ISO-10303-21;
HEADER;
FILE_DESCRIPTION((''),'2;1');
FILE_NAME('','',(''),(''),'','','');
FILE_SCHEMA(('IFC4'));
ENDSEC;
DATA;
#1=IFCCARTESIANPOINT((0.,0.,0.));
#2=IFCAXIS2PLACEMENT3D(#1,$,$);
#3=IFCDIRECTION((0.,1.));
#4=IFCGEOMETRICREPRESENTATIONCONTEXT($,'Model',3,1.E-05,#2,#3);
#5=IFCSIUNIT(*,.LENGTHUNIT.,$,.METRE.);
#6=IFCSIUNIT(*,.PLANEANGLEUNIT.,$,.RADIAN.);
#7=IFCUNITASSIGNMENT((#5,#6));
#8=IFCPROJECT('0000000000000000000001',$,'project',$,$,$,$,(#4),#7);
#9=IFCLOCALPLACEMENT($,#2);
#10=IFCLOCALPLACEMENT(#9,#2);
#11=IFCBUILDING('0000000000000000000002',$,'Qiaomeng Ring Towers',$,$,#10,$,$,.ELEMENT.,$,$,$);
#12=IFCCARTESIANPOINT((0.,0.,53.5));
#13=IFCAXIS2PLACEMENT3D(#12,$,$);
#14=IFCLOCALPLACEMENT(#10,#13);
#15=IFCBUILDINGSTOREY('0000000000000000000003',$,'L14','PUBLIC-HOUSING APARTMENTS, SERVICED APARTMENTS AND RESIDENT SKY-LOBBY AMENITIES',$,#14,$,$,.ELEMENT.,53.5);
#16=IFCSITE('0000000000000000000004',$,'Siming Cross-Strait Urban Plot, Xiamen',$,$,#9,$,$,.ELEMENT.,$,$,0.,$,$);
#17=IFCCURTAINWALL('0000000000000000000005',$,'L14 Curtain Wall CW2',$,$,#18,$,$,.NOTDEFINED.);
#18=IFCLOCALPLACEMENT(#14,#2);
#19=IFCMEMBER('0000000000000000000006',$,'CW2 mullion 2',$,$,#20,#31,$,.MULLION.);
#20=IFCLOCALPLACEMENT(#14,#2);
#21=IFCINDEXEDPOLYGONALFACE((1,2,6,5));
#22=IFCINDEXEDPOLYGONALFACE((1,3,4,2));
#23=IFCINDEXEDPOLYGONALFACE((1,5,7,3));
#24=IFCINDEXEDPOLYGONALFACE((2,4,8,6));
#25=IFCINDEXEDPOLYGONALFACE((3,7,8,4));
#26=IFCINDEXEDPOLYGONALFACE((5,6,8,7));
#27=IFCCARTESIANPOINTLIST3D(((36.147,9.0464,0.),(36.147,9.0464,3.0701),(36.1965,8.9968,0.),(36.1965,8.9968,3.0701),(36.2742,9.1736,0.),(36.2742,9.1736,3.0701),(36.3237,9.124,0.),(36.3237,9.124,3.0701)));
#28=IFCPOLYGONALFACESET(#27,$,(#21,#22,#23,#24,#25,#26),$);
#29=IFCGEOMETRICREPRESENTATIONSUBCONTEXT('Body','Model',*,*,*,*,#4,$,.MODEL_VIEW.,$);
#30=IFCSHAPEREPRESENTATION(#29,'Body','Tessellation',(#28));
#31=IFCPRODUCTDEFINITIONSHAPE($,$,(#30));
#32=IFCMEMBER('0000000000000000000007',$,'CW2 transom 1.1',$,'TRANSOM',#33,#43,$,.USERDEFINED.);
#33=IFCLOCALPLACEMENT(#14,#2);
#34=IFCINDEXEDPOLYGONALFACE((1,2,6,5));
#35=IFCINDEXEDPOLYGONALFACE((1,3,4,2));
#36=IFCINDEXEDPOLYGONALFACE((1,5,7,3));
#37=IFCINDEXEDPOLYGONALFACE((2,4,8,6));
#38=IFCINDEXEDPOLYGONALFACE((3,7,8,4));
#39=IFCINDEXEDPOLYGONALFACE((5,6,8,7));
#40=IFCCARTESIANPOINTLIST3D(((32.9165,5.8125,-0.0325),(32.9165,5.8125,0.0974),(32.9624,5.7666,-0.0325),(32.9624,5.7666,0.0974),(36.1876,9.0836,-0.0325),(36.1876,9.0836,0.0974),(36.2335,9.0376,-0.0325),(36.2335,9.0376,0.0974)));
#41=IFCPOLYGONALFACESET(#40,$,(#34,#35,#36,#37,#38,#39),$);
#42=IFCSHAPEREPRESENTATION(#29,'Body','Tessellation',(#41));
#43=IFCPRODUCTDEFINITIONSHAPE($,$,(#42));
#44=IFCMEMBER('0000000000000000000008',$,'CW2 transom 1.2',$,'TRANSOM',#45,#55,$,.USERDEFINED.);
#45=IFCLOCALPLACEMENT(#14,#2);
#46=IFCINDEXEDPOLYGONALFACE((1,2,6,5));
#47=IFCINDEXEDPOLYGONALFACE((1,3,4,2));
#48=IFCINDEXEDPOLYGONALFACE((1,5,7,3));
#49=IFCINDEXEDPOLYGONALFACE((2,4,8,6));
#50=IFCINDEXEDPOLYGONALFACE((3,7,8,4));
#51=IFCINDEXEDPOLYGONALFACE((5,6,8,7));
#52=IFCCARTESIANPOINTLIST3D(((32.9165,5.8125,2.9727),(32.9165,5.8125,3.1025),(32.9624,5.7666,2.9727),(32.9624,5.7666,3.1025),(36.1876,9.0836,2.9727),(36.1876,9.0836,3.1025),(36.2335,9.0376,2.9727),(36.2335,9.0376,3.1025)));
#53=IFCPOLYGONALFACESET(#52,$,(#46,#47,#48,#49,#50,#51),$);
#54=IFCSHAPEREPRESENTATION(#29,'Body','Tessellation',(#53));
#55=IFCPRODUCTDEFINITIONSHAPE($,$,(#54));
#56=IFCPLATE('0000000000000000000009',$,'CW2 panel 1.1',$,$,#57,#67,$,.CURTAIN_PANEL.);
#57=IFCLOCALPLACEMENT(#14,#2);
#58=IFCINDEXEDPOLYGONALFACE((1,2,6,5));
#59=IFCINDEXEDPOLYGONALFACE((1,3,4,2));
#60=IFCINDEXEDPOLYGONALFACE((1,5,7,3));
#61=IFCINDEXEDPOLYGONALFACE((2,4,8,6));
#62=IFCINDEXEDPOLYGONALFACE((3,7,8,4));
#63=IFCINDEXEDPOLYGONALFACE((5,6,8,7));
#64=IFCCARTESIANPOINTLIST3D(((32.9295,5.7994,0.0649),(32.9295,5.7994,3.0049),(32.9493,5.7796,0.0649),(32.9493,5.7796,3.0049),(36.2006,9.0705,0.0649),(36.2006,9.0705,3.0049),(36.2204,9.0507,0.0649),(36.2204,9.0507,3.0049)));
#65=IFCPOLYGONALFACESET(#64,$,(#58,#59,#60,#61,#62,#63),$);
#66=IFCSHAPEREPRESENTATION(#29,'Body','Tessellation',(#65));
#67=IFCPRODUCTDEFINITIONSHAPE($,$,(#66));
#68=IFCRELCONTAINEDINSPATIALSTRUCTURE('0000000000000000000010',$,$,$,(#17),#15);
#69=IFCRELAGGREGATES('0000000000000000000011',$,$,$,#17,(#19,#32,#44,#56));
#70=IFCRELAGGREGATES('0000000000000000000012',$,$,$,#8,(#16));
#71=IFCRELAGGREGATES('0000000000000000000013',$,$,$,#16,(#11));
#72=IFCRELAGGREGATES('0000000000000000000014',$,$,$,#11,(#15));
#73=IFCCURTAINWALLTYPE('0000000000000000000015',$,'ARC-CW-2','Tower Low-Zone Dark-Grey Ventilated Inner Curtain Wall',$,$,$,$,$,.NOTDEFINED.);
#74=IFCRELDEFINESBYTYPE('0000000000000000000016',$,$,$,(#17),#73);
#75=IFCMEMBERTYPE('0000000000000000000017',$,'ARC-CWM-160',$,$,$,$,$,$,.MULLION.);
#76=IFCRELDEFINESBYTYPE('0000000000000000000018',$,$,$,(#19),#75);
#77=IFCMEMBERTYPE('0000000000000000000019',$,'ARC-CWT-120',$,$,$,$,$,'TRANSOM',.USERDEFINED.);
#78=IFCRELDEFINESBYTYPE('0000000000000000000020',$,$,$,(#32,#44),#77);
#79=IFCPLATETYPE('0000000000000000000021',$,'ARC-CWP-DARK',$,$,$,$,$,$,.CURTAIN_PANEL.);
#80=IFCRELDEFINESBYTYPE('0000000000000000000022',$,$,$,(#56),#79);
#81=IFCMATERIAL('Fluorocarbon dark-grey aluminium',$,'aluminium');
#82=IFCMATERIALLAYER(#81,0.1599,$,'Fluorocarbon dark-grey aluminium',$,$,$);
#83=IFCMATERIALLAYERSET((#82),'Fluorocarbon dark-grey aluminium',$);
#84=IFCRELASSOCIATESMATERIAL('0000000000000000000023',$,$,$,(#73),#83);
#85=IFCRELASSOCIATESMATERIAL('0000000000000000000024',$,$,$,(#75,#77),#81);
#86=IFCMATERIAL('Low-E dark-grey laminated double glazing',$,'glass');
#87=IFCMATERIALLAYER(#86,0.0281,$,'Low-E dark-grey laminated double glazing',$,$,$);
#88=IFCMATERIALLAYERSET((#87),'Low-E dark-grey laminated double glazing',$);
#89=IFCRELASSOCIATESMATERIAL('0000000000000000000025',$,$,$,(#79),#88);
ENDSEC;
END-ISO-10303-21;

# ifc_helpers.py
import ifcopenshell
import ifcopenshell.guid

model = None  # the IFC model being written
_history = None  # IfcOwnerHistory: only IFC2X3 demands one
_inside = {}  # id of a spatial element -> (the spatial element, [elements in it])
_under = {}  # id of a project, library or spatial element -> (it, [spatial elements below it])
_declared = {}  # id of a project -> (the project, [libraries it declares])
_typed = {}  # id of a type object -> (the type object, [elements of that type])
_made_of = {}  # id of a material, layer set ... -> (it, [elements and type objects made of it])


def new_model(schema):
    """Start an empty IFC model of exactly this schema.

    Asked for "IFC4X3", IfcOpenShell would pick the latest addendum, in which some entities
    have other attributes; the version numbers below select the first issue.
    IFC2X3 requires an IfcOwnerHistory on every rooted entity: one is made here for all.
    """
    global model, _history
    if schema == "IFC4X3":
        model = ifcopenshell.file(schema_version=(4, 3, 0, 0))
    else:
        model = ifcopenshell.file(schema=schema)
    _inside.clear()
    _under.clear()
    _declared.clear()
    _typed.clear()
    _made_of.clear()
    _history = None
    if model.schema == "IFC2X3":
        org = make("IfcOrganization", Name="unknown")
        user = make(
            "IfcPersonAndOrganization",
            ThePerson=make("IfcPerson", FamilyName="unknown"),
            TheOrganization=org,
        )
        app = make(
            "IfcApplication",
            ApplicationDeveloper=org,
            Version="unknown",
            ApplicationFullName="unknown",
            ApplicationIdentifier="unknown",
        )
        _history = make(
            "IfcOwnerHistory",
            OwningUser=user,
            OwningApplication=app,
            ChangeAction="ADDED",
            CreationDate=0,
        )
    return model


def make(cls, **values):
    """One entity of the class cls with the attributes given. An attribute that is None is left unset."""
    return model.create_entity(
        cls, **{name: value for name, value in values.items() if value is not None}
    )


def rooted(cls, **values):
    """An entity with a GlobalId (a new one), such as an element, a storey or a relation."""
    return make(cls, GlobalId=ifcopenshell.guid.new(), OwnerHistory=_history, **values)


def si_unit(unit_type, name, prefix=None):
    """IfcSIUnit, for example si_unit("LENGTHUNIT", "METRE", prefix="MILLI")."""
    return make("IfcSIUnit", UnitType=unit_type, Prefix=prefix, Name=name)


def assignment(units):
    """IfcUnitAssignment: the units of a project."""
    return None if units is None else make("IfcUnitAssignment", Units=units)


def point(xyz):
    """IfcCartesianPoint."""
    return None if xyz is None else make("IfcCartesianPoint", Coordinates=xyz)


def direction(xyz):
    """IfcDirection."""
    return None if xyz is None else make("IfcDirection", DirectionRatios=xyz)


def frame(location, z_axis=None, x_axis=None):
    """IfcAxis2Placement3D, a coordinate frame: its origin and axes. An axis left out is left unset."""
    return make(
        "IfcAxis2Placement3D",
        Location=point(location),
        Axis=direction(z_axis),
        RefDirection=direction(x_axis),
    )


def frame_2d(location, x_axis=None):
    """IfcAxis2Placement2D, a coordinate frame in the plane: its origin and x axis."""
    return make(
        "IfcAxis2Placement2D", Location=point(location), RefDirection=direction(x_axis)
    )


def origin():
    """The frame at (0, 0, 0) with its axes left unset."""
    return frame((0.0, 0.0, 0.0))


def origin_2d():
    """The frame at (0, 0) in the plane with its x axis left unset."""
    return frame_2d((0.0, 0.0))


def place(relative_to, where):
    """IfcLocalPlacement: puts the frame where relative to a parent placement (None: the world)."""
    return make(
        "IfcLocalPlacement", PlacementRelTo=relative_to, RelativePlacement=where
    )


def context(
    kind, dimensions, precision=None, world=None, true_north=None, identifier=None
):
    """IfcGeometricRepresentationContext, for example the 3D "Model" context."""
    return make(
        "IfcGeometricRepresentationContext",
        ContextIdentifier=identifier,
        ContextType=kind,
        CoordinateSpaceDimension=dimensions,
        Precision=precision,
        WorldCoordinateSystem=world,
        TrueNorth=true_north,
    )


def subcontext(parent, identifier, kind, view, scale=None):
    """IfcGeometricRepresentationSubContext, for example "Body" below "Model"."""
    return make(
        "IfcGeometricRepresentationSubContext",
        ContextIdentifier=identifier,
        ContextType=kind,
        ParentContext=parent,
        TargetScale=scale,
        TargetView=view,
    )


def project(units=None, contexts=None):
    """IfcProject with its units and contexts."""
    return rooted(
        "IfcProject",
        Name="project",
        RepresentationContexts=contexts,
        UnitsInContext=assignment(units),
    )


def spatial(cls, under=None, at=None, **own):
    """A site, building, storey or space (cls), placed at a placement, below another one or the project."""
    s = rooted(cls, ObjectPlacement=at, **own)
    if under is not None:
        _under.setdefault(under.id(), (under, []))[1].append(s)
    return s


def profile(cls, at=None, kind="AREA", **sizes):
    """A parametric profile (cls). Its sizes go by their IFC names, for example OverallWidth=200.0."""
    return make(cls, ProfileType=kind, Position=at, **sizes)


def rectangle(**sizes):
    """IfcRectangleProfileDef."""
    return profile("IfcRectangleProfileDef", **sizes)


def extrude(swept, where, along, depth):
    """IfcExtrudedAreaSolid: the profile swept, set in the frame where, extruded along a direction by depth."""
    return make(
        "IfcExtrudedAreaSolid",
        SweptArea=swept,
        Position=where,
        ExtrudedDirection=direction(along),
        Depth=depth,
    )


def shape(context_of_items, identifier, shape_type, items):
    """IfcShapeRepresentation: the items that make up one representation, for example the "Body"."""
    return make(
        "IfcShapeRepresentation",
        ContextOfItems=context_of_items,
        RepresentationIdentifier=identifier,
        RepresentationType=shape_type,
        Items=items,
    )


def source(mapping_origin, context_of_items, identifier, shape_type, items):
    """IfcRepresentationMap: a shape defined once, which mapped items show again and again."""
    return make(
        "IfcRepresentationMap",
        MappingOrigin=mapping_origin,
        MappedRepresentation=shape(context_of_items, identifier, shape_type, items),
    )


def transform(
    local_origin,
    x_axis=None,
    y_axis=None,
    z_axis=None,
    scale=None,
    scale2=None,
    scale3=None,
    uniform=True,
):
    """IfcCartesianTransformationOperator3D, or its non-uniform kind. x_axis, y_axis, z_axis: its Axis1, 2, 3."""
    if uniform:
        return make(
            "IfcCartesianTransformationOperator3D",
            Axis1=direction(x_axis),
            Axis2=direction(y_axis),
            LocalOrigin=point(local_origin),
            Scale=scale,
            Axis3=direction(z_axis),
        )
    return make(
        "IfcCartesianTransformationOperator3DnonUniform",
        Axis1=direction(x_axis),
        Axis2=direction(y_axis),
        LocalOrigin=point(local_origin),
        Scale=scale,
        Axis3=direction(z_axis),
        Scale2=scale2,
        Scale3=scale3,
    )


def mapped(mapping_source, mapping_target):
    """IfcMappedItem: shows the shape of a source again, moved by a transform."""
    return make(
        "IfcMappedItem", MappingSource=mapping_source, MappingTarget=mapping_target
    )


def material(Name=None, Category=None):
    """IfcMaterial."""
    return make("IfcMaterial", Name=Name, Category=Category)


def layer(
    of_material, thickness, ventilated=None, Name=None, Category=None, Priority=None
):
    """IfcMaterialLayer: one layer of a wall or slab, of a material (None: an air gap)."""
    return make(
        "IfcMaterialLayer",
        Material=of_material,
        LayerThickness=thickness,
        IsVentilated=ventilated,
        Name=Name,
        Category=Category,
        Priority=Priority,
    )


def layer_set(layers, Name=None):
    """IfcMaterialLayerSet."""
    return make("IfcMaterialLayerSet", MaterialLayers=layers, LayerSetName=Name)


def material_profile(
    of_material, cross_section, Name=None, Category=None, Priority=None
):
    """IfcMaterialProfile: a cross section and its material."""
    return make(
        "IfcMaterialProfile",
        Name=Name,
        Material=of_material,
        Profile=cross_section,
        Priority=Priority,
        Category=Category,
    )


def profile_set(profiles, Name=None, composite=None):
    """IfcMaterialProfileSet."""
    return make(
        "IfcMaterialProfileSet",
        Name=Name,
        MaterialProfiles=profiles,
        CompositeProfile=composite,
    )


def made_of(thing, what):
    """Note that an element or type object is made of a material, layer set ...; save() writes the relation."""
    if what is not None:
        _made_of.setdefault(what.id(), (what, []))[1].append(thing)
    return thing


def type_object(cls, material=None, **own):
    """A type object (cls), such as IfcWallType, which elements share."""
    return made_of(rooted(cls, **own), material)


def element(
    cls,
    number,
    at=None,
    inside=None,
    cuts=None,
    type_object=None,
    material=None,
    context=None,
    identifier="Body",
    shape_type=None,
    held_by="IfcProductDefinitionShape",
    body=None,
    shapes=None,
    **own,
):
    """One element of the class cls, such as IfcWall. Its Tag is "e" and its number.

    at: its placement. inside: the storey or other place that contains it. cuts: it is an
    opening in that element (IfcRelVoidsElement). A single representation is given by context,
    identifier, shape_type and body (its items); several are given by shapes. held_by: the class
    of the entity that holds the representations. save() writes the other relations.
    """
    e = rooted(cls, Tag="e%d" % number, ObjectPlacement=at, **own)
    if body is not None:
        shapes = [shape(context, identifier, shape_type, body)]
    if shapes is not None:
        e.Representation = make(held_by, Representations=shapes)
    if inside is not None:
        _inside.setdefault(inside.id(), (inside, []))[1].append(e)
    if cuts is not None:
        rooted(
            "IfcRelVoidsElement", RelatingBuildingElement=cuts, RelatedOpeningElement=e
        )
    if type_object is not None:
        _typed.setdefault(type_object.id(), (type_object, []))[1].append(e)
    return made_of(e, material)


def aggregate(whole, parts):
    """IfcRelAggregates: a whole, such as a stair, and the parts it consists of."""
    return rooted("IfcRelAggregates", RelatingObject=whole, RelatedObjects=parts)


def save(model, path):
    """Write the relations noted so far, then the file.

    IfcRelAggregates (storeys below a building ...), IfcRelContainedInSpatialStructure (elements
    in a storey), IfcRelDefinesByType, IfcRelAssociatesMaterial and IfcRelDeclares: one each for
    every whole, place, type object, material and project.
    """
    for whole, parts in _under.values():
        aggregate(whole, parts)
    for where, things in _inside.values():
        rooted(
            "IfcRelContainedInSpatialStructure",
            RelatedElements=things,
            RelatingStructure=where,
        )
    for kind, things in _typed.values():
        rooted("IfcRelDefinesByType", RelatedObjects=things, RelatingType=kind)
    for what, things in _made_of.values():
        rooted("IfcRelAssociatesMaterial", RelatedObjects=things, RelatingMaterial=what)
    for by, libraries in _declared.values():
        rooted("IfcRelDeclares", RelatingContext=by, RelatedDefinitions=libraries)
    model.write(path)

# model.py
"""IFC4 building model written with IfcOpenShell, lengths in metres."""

from ifc_helpers import new_model, si_unit, direction, frame, origin, origin_2d, place, context, subcontext, project, spatial, rectangle, extrude, source, transform, mapped, material, layer, layer_set, material_profile, profile_set, type_object, element, aggregate, save


model = new_model("IFC4")

# Units and contexts
model_context = context("Model", 3, precision=1e-05, world=origin(), true_north=direction((0.0, 1.0)))
body_context = subcontext(model_context, "Body", "Model", "MODEL_VIEW")
ifc_project = project(units=[si_unit("LENGTHUNIT", "METRE"), si_unit("PLANEANGLEUNIT", "RADIAN")], contexts=[model_context])

# Site, building, storey
site_placement = place(None, origin())
site = spatial("IfcSite", under=ifc_project, at=site_placement, Name="Siming Cross-Strait Urban Plot, Xiamen", CompositionType="ELEMENT", RefElevation=0.0)
building_placement = place(site_placement, origin())
building = spatial("IfcBuilding", under=site, at=building_placement, Name="Qiaomeng Ring Towers", CompositionType="ELEMENT")
storey_placement = place(building_placement, frame((0.0, 0.0, 53.5)))
storey = spatial("IfcBuildingStorey", under=building, at=storey_placement, Name="L14", Description="PUBLIC-HOUSING APARTMENTS, SERVICED APARTMENTS AND RESIDENT SKY-LOBBY AMENITIES", CompositionType="ELEMENT", Elevation=53.5)

# Curtain wall, members, plate
ifc_material_1 = material(Name="Fluorocarbon dark-grey aluminium", Category="aluminium")
ifc_layer_1 = layer(ifc_material_1, 0.1599, Name="Fluorocarbon dark-grey aluminium")
ifc_layer_set_1 = layer_set([ifc_layer_1], Name="Fluorocarbon dark-grey aluminium")
curtain_wall_type = type_object("IfcCurtainWallType", Name="ARC-CW-2", Description="Tower Low-Zone Dark-Grey Ventilated Inner Curtain Wall", PredefinedType="NOTDEFINED", material=ifc_layer_set_1)
curtain_wall_placement = place(storey_placement, origin())
curtain_wall = element("IfcCurtainWall", 1, at=curtain_wall_placement, inside=storey, type_object=curtain_wall_type, Name="L14 Curtain Wall CW2", PredefinedType="NOTDEFINED")
ifc_material_profile_1 = material_profile(ifc_material_1, rectangle(XDim=0.0701, YDim=0.1799, at=origin_2d()), Name="ALU MULL 70x180")
ifc_profile_set_1 = profile_set([ifc_material_profile_1], Name="Fluorocarbon dark-grey aluminium")
member_type_1 = type_object("IfcMemberType", Name="ARC-CWM-160", PredefinedType="MULLION", material=ifc_profile_set_1)
shared_shape_1 = source(origin(), body_context, "Body", "SweptSolid", [
    extrude(rectangle(XDim=0.0701, YDim=0.1799, at=origin_2d()), origin(), (0.0, 0.0, 1.0), 3.0701),
])
member_1_placement = place(storey_placement, frame((36.2354, 9.0852, 0.0), z_axis=(0.0, 0.0, 1.0), x_axis=(-0.707107, 0.707107, 0.0)))
member_1 = element("IfcMember", 2, at=member_1_placement, type_object=member_type_1, Name="CW2 mullion 2", PredefinedType="MULLION", context=body_context, shape_type="MappedRepresentation", body=[
    mapped(shared_shape_1, transform((0.0, 0.0, 0.0), x_axis=(1.0, 0.0, 0.0), y_axis=(0.0, 1.0, 0.0), z_axis=(0.0, 0.0, 1.0), scale=1.0)),
])
ifc_material_profile_2 = material_profile(ifc_material_1, rectangle(XDim=0.0649, YDim=0.1299, at=origin_2d()), Name="ALU TRAN 65x130")
ifc_profile_set_2 = profile_set([ifc_material_profile_2], Name="Fluorocarbon dark-grey aluminium")
member_type_2 = type_object("IfcMemberType", Name="ARC-CWT-120", ElementType="TRANSOM", PredefinedType="USERDEFINED", material=ifc_profile_set_2)
shared_shape_2 = source(origin(), body_context, "Body", "SweptSolid", [
    extrude(rectangle(XDim=0.0649, YDim=0.1299, at=origin_2d()), origin(), (0.0, 0.0, 1.0), 4.626),
])
member_2_placement = place(storey_placement, frame((32.9395, 5.7896, 0.0325), z_axis=(0.707107, 0.707107, 0.0), x_axis=(-0.707107, 0.707107, 0.0)))
member_2 = element("IfcMember", 3, at=member_2_placement, type_object=member_type_2, Name="CW2 transom 1.1", ObjectType="TRANSOM", PredefinedType="USERDEFINED", context=body_context, shape_type="MappedRepresentation", body=[
    mapped(shared_shape_2, transform((0.0, 0.0, 0.0), x_axis=(1.0, 0.0, 0.0), y_axis=(0.0, 1.0, 0.0), z_axis=(0.0, 0.0, 1.0), scale=1.0)),
])
member_3_placement = place(storey_placement, frame((32.9395, 5.7896, 3.0376), z_axis=(0.707107, 0.707107, 0.0), x_axis=(-0.707107, 0.707107, 0.0)))
member_3 = element("IfcMember", 4, at=member_3_placement, type_object=member_type_2, Name="CW2 transom 1.2", ObjectType="TRANSOM", PredefinedType="USERDEFINED", context=body_context, shape_type="MappedRepresentation", body=[
    mapped(shared_shape_2, transform((0.0, 0.0, 0.0), x_axis=(1.0, 0.0, 0.0), y_axis=(0.0, 1.0, 0.0), z_axis=(0.0, 0.0, 1.0), scale=1.0)),
])
ifc_material_2 = material(Name="Low-E dark-grey laminated double glazing", Category="glass")
ifc_layer_2 = layer(ifc_material_2, 0.0281, Name="Low-E dark-grey laminated double glazing")
ifc_layer_set_2 = layer_set([ifc_layer_2], Name="Low-E dark-grey laminated double glazing")
plate_type = type_object("IfcPlateType", Name="ARC-CWP-DARK", PredefinedType="CURTAIN_PANEL", material=ifc_layer_set_2)
shared_shape_3 = source(origin(), body_context, "Body", "SweptSolid", [
    extrude(rectangle(XDim=4.626, YDim=0.0281, at=origin_2d()), origin(), (0.0, 0.0, 1.0), 2.9399),
])
plate_placement = place(storey_placement, frame((34.575, 7.425, 0.0649), z_axis=(0.0, 0.0, 1.0), x_axis=(0.707107, 0.707107, 0.0)))
plate = element("IfcPlate", 5, at=plate_placement, type_object=plate_type, Name="CW2 panel 1.1", PredefinedType="CURTAIN_PANEL", context=body_context, shape_type="MappedRepresentation", body=[
    mapped(shared_shape_3, transform((0.0, 0.0, 0.0), x_axis=(1.0, 0.0, 0.0), y_axis=(0.0, 1.0, 0.0), z_axis=(0.0, 0.0, 1.0), scale=1.0)),
])
aggregate(curtain_wall, [member_1, member_2, member_3, plate])

save(model, "model.ifc")
